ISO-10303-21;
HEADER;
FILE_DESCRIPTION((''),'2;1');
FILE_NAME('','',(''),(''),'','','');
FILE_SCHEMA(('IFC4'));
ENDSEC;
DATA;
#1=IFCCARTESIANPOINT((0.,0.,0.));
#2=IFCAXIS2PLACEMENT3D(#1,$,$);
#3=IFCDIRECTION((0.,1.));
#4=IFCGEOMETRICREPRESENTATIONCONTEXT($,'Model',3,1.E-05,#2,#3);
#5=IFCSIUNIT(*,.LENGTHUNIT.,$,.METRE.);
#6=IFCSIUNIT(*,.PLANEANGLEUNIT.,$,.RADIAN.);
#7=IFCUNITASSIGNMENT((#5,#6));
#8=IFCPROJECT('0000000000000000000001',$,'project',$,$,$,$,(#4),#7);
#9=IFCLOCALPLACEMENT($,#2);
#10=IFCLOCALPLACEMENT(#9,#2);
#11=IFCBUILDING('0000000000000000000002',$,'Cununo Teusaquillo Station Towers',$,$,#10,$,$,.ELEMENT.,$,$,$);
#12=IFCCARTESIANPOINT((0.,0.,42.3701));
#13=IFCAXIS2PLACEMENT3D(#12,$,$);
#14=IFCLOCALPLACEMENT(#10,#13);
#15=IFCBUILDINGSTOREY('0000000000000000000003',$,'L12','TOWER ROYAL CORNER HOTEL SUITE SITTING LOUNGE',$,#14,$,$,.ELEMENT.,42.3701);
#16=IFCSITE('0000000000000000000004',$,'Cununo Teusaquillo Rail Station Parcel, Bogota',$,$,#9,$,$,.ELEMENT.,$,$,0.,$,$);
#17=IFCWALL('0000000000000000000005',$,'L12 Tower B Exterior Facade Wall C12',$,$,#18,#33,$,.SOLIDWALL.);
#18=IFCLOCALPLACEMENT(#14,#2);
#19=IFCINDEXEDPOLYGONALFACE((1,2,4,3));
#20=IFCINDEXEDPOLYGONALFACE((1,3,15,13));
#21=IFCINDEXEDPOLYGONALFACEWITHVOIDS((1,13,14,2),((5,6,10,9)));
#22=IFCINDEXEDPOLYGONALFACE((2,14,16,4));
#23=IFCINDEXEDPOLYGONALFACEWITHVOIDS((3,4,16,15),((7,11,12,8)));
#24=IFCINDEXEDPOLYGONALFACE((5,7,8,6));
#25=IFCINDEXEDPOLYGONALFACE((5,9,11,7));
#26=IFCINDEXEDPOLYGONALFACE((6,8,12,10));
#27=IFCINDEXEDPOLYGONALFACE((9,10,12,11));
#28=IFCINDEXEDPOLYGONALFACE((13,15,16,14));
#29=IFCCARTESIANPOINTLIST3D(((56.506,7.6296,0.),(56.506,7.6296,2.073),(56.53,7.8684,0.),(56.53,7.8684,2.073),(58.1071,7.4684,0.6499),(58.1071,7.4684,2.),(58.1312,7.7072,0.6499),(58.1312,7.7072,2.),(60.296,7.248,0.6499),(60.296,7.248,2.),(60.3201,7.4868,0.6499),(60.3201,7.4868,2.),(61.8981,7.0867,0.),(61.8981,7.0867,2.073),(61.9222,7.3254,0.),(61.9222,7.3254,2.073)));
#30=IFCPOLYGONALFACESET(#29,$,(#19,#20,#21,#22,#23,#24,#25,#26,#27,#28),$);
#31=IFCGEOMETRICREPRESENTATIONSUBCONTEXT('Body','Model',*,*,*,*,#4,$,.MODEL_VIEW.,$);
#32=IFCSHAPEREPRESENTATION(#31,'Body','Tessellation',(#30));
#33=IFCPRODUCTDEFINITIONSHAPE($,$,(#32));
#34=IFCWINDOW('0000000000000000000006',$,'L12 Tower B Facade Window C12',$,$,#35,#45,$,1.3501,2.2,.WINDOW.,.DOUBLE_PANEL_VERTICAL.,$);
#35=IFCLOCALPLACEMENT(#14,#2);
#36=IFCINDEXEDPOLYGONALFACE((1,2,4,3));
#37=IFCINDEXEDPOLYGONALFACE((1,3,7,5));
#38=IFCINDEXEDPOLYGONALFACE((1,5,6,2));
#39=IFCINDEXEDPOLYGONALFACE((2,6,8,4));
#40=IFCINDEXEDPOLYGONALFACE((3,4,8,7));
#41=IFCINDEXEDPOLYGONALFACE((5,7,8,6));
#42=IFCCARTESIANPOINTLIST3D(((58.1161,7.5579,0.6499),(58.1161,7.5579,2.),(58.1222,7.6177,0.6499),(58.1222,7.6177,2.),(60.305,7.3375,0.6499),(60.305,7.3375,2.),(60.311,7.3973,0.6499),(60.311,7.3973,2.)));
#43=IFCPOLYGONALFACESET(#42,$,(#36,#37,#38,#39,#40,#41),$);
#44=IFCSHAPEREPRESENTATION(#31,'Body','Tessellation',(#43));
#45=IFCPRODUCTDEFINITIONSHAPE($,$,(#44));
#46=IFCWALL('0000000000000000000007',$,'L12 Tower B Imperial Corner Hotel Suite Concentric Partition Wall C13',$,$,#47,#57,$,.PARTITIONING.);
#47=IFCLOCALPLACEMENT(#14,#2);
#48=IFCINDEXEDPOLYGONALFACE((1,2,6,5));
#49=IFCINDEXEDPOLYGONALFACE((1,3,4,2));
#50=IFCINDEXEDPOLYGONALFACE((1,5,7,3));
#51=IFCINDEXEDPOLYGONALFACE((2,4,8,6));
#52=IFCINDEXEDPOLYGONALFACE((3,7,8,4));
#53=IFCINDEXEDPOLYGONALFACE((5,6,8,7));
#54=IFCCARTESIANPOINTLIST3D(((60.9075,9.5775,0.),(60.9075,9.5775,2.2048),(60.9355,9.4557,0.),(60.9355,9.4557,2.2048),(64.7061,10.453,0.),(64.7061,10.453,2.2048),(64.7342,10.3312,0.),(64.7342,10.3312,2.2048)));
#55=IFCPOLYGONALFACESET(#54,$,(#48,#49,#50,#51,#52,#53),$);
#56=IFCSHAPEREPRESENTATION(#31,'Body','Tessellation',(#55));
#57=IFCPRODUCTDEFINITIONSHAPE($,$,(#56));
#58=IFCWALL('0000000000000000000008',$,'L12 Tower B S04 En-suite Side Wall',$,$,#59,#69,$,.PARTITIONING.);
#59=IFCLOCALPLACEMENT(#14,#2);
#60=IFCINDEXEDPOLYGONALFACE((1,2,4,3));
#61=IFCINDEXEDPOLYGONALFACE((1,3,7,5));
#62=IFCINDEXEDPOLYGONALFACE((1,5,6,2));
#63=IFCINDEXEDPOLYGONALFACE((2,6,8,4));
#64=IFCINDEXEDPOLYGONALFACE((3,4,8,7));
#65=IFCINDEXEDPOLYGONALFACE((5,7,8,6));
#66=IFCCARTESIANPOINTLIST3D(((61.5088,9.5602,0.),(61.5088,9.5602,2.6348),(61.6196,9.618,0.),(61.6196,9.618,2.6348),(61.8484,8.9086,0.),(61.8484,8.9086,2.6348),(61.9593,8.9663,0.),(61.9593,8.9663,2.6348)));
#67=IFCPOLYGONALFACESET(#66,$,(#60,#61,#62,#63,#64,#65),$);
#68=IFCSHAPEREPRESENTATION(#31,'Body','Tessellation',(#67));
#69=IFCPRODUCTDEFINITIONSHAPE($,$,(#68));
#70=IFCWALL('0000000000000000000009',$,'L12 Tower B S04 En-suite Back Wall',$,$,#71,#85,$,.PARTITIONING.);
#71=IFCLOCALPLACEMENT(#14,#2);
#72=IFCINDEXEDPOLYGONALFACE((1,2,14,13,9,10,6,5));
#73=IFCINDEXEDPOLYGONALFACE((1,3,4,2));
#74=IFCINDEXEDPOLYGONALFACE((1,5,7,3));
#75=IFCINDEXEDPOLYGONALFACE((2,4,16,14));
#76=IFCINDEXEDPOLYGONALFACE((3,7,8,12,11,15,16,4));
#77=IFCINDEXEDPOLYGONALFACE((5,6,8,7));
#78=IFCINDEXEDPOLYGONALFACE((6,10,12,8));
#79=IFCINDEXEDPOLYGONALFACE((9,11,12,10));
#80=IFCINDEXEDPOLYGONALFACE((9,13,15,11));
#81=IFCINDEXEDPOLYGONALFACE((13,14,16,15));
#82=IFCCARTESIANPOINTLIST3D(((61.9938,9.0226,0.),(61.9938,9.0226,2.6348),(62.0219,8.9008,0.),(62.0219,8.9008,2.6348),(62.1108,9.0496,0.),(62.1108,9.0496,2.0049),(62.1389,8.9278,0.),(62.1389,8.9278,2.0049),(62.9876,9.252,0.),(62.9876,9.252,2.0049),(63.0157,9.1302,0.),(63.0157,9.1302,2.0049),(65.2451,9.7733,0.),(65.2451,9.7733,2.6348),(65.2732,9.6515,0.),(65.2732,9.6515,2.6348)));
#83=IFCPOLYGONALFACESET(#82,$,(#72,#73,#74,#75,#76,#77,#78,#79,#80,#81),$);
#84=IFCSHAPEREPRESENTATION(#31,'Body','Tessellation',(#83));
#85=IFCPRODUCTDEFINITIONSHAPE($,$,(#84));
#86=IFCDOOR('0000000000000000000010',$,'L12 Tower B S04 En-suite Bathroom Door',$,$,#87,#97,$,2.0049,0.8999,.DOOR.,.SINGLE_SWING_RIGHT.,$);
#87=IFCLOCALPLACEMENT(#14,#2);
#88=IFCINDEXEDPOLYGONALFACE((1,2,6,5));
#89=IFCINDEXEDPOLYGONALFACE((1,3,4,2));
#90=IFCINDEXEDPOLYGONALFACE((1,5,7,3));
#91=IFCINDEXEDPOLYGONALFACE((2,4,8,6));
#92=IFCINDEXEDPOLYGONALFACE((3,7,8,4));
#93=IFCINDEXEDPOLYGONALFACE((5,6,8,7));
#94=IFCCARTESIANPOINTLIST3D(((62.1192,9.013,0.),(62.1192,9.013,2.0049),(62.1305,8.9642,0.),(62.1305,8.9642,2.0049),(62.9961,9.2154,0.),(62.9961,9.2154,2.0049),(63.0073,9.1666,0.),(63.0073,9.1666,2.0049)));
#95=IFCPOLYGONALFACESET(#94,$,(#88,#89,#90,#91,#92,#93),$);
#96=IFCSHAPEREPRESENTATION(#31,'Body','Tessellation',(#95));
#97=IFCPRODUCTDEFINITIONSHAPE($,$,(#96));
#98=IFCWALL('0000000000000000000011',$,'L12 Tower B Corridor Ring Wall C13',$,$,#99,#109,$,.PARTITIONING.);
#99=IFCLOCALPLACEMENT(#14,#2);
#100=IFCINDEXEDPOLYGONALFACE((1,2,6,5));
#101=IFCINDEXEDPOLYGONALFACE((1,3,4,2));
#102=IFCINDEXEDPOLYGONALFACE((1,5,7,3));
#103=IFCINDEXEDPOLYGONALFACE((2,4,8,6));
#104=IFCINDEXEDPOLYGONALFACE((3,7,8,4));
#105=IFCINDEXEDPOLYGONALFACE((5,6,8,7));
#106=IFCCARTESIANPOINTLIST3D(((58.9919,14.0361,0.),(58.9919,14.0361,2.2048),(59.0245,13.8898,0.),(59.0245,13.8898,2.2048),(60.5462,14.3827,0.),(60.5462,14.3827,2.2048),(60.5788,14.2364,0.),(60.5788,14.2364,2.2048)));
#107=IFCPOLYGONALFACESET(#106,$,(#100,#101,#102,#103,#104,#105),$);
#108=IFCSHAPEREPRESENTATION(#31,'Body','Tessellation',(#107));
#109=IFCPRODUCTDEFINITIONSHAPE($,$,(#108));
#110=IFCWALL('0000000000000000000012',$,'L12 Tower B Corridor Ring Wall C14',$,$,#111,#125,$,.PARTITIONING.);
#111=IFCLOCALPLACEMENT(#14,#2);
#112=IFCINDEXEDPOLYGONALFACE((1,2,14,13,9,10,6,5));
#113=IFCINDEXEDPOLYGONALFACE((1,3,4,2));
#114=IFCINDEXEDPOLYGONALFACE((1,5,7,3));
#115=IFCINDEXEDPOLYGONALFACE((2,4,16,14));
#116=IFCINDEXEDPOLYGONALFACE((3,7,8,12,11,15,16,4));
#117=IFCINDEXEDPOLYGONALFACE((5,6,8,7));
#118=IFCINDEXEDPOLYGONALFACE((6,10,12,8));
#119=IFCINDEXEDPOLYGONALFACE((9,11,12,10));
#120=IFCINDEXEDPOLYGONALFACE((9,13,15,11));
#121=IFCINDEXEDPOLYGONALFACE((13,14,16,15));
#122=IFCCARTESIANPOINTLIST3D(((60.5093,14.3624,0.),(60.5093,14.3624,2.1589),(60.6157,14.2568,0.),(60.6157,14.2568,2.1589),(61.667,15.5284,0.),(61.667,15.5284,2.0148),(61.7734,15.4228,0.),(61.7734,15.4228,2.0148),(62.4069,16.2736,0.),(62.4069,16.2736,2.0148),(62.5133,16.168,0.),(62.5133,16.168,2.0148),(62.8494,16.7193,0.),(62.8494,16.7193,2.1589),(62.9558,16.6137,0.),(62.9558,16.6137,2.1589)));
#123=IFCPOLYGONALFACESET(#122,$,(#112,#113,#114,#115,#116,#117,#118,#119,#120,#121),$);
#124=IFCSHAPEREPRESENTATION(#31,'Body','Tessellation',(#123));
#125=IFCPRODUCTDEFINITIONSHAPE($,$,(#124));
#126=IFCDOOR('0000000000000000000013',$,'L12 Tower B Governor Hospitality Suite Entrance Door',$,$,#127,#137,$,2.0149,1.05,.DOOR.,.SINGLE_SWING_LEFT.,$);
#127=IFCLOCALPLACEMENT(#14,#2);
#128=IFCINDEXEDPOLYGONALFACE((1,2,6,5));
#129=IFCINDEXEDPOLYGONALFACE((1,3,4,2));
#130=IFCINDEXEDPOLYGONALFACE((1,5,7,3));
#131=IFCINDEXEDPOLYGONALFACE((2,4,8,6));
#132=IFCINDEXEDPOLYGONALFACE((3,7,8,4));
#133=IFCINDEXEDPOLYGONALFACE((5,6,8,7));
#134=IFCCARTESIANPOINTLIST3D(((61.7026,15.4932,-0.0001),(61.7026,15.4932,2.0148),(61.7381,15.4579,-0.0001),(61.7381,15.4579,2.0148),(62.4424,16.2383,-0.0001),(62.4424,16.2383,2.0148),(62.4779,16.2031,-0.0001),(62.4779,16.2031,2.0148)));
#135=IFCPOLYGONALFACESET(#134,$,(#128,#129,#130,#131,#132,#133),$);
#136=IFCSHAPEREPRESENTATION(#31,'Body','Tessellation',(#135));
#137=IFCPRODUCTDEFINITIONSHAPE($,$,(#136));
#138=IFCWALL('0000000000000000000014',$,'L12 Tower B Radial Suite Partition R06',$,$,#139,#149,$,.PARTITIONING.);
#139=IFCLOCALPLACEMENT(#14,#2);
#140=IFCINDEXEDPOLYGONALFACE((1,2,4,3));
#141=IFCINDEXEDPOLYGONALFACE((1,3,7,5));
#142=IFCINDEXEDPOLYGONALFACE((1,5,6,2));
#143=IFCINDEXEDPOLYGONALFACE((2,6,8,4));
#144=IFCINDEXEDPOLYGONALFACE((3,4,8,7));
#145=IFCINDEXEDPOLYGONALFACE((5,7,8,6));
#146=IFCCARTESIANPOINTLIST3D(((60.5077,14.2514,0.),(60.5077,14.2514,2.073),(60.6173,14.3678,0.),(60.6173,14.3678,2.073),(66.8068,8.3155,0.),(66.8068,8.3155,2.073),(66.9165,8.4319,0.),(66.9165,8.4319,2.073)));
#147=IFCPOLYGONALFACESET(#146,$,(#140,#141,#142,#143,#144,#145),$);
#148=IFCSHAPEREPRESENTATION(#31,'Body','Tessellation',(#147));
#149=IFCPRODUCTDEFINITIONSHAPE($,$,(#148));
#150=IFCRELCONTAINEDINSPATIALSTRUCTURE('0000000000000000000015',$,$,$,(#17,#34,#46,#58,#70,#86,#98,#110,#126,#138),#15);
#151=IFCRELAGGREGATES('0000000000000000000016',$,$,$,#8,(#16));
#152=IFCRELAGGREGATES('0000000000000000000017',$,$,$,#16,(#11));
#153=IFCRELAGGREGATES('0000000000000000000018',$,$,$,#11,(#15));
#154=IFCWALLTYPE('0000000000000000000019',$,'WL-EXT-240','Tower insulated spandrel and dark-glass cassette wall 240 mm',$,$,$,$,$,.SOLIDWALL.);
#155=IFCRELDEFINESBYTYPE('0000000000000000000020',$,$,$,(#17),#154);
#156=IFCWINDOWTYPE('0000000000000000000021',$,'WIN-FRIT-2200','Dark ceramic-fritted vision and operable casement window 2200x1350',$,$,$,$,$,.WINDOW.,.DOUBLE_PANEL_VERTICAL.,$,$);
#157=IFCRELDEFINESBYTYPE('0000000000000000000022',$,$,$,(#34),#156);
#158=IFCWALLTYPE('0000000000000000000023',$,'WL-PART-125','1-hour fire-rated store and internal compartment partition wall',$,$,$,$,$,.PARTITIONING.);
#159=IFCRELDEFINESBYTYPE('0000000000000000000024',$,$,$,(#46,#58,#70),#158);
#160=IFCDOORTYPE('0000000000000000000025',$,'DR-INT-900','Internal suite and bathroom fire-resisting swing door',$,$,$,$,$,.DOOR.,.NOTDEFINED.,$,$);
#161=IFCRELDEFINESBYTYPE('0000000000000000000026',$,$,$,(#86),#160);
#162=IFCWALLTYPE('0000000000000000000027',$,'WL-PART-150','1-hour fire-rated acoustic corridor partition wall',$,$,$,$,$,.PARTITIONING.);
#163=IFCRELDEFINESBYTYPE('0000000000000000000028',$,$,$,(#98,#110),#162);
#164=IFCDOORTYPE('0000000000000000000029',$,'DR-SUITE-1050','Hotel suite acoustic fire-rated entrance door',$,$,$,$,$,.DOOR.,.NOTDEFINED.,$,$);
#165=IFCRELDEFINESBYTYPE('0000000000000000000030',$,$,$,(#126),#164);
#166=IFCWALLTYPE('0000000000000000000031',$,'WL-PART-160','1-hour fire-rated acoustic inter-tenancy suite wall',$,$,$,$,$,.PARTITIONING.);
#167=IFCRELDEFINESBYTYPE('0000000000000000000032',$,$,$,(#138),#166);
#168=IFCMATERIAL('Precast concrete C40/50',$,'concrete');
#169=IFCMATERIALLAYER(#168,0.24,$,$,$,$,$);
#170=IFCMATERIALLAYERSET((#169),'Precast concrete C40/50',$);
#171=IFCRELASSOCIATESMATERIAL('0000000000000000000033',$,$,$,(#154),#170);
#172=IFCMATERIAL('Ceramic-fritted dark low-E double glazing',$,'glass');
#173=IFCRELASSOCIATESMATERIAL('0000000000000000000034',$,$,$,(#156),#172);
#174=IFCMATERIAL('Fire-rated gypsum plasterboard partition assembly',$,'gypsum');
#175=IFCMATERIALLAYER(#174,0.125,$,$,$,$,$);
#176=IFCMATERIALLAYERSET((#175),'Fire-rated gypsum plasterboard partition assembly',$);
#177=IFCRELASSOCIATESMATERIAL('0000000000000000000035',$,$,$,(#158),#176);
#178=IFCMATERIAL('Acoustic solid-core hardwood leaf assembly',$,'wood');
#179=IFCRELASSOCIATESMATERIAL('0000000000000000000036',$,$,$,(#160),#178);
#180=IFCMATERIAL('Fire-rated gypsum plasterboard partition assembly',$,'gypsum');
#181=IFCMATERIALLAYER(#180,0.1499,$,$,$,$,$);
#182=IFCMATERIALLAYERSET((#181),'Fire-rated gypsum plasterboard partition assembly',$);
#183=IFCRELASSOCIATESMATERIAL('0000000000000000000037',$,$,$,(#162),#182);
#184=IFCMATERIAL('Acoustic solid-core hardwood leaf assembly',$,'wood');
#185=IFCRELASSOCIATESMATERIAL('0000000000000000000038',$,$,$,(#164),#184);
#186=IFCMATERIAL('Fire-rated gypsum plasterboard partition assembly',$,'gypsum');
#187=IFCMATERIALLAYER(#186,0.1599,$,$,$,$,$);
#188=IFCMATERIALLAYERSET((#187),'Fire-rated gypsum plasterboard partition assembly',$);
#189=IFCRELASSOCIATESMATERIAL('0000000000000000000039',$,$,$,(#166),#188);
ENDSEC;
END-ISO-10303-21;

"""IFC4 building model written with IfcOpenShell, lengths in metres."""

from ifc_helpers import new_model, si_unit, direction, frame, frame_2d, origin, place, context, subcontext, project, spatial, rectangle, extrude, source, transform, mapped, material, layer, layer_set, type_object, element, fill, save


model = new_model("IFC4")

# Units and contexts
model_context = context("Model", 3, precision=1e-05, world=origin(), true_north=direction((0.0, 1.0)))
body_context = subcontext(model_context, "Body", "Model", "MODEL_VIEW")
ifc_project = project(units=[si_unit("LENGTHUNIT", "METRE"), si_unit("PLANEANGLEUNIT", "RADIAN")], contexts=[model_context])

# Site, building, storey
site_placement = place(None, origin())
site = spatial("IfcSite", under=ifc_project, at=site_placement, Name="Cununo Teusaquillo Rail Station Parcel, Bogota", CompositionType="ELEMENT", RefElevation=0.0)
building_placement = place(site_placement, origin())
building = spatial("IfcBuilding", under=site, at=building_placement, Name="Cununo Teusaquillo Station Towers", CompositionType="ELEMENT")
storey_placement = place(building_placement, frame((0.0, 0.0, 42.3701)))
storey = spatial("IfcBuildingStorey", under=building, at=storey_placement, Name="L12", Description="TOWER ROYAL CORNER HOTEL SUITE SITTING LOUNGE", CompositionType="ELEMENT", Elevation=42.3701)

# Wall, opening, window
ifc_material_1 = material(Name="Precast concrete C40/50", Category="concrete")
ifc_layer_1 = layer(ifc_material_1, 0.24)
ifc_layer_set_1 = layer_set([ifc_layer_1], Name="Precast concrete C40/50")
wall_type_1 = type_object("IfcWallType", Name="WL-EXT-240", Description="Tower insulated spandrel and dark-glass cassette wall 240 mm", PredefinedType="SOLIDWALL", material=ifc_layer_set_1)
wall_1_placement = place(storey_placement, frame((61.9102, 7.2061, 0.0), z_axis=(0.0, 0.0, 1.0), x_axis=(-0.994968, 0.100191, 0.0)))
wall_1 = element("IfcWall", 1, at=wall_1_placement, inside=storey, type_object=wall_type_1, Name="L12 Tower B Exterior Facade Wall C12", PredefinedType="SOLIDWALL", context=body_context, shape_type="SweptSolid", body=[
    extrude(rectangle(XDim=5.4194, YDim=0.24, at=frame_2d((2.7097, 0.0))), origin(), (0.0, 0.0, 1.0), 2.073),
])
shared_shape_1 = source(origin(), body_context, "Body", "SweptSolid", [
    extrude(rectangle(XDim=2.2, YDim=1.3501, at=frame_2d((1.1001, 0.675))), frame((0.0, 0.1299, 0.0), z_axis=(0.0, -1.0, 0.0), x_axis=(1.0, 0.0, 0.0)), (0.0, 0.0, 1.0), 0.26),
])
opening_1_placement = place(wall_1_placement, frame((1.6101, 0.0, 0.6499)))
opening_1 = element("IfcOpeningElement", 2, at=opening_1_placement, cuts=wall_1, PredefinedType="OPENING", context=body_context, shape_type="MappedRepresentation", body=[
    mapped(shared_shape_1, transform((0.0, 0.0, 0.0), x_axis=(1.0, 0.0, 0.0), y_axis=(0.0, 1.0, 0.0), z_axis=(0.0, 0.0, 1.0), scale=1.0)),
])
ifc_material_2 = material(Name="Ceramic-fritted dark low-E double glazing", Category="glass")
window_type = type_object("IfcWindowType", Name="WIN-FRIT-2200", Description="Dark ceramic-fritted vision and operable casement window 2200x1350", PartitioningType="DOUBLE_PANEL_VERTICAL", PredefinedType="WINDOW", material=ifc_material_2)
shared_shape_2 = source(origin(), body_context, "Body", "SweptSolid", [
    extrude(rectangle(XDim=2.2, YDim=1.3501, at=frame_2d((1.1001, 0.675))), frame((0.0, 0.03, 0.0), z_axis=(0.0, -1.0, 0.0), x_axis=(1.0, 0.0, 0.0)), (0.0, 0.0, 1.0), 0.0601),
])
window_placement = place(opening_1_placement, origin())
window = element("IfcWindow", 3, at=window_placement, inside=storey, type_object=window_type, Name="L12 Tower B Facade Window C12", OverallHeight=1.3501, OverallWidth=2.2, PartitioningType="DOUBLE_PANEL_VERTICAL", PredefinedType="WINDOW", context=body_context, shape_type="MappedRepresentation", body=[
    mapped(shared_shape_2, transform((0.0, 0.0, 0.0), x_axis=(1.0, 0.0, 0.0), y_axis=(0.0, 1.0, 0.0), z_axis=(0.0, 0.0, 1.0), scale=1.0)),
])
fill(opening_1, window)

# Walls
ifc_material_3 = material(Name="Fire-rated gypsum plasterboard partition assembly", Category="gypsum")
ifc_layer_2 = layer(ifc_material_3, 0.125)
ifc_layer_set_2 = layer_set([ifc_layer_2], Name="Fire-rated gypsum plasterboard partition assembly")
wall_type_2 = type_object("IfcWallType", Name="WL-PART-125", Description="1-hour fire-rated store and internal compartment partition wall", PredefinedType="PARTITIONING", material=ifc_layer_set_2)
wall_2_placement = place(storey_placement, frame((60.9214, 9.5166, 0.0), z_axis=(0.0, 0.0, 1.0), x_axis=(0.974453, 0.22459, 0.0)))
element("IfcWall", 4, at=wall_2_placement, inside=storey, type_object=wall_type_2, Name="L12 Tower B Imperial Corner Hotel Suite Concentric Partition Wall C13", PredefinedType="PARTITIONING", context=body_context, shape_type="SweptSolid", body=[
    extrude(rectangle(XDim=3.8982, YDim=0.125, at=frame_2d((1.9492, 0.0))), origin(), (0.0, 0.0, 1.0), 2.2048),
])
wall_3_placement = place(storey_placement, frame((61.5642, 9.5891, 0.0), z_axis=(0.0, 0.0, 1.0), x_axis=(0.462169, -0.886792, 0.0)))
element("IfcWall", 5, at=wall_3_placement, inside=storey, type_object=wall_type_2, Name="L12 Tower B S04 En-suite Side Wall", PredefinedType="PARTITIONING", context=body_context, shape_type="SweptSolid", body=[
    extrude(rectangle(XDim=0.7349, YDim=0.125, at=frame_2d((0.3674, 0.0))), origin(), (0.0, 0.0, 1.0), 2.6348),
])

# Wall, opening, door
wall_4_placement = place(storey_placement, frame((62.0078, 8.9617, 0.0), z_axis=(0.0, 0.0, 1.0), x_axis=(0.974365, 0.224972, 0.0)))
wall_4 = element("IfcWall", 6, at=wall_4_placement, inside=storey, type_object=wall_type_2, Name="L12 Tower B S04 En-suite Back Wall", PredefinedType="PARTITIONING", context=body_context, shape_type="SweptSolid", body=[
    extrude(rectangle(XDim=3.3369, YDim=0.125, at=frame_2d((1.6685, 0.0))), origin(), (0.0, 0.0, 1.0), 2.6348),
])
shared_shape_3 = source(origin(), body_context, "Body", "SweptSolid", [
    extrude(rectangle(XDim=0.8999, YDim=2.0049, at=frame_2d((0.45, 1.0024))), frame((0.0, 0.0725, 0.0), z_axis=(0.0, -1.0, 0.0), x_axis=(1.0, 0.0, 0.0)), (0.0, 0.0, 1.0), 0.145),
])
opening_2_placement = place(wall_4_placement, frame((0.1201, 0.0, 0.0)))
opening_2 = element("IfcOpeningElement", 7, at=opening_2_placement, cuts=wall_4, PredefinedType="OPENING", context=body_context, shape_type="MappedRepresentation", body=[
    mapped(shared_shape_3, transform((0.0, 0.0, 0.0), x_axis=(1.0, 0.0, 0.0), y_axis=(0.0, 1.0, 0.0), z_axis=(0.0, 0.0, 1.0), scale=1.0)),
])
ifc_material_4 = material(Name="Acoustic solid-core hardwood leaf assembly", Category="wood")
door_type_1 = type_object("IfcDoorType", Name="DR-INT-900", Description="Internal suite and bathroom fire-resisting swing door", OperationType="NOTDEFINED", PredefinedType="DOOR", material=ifc_material_4)
shared_shape_4 = source(origin(), body_context, "Body", "SweptSolid", [
    extrude(rectangle(XDim=0.8999, YDim=2.0049, at=frame_2d((0.45, 1.0024))), frame((0.0, 0.0249, 0.0), z_axis=(0.0, -1.0, 0.0), x_axis=(1.0, 0.0, 0.0)), (0.0, 0.0, 1.0), 0.05),
])
door_1_placement = place(opening_2_placement, origin())
door_1 = element("IfcDoor", 8, at=door_1_placement, inside=storey, type_object=door_type_1, Name="L12 Tower B S04 En-suite Bathroom Door", OperationType="SINGLE_SWING_RIGHT", OverallHeight=2.0049, OverallWidth=0.8999, PredefinedType="DOOR", context=body_context, shape_type="MappedRepresentation", body=[
    mapped(shared_shape_4, transform((0.0, 0.0, 0.0), x_axis=(1.0, 0.0, 0.0), y_axis=(0.0, 1.0, 0.0), z_axis=(0.0, 0.0, 1.0), scale=1.0)),
])
fill(opening_2, door_1)

# Wall
ifc_material_5 = material(Name="Fire-rated gypsum plasterboard partition assembly", Category="gypsum")
ifc_layer_3 = layer(ifc_material_5, 0.1499)
ifc_layer_set_3 = layer_set([ifc_layer_3], Name="Fire-rated gypsum plasterboard partition assembly")
wall_type_3 = type_object("IfcWallType", Name="WL-PART-150", Description="1-hour fire-rated acoustic corridor partition wall", PredefinedType="PARTITIONING", material=ifc_layer_set_3)
wall_5_placement = place(storey_placement, frame((59.0081, 13.9629, 0.0), z_axis=(0.0, 0.0, 1.0), x_axis=(0.976021, 0.217677, 0.0)))
element("IfcWall", 9, at=wall_5_placement, inside=storey, type_object=wall_type_3, Name="L12 Tower B Corridor Ring Wall C13", PredefinedType="PARTITIONING", context=body_context, shape_type="SweptSolid", body=[
    extrude(rectangle(XDim=1.5925, YDim=0.1499, at=frame_2d((0.7964, 0.0))), origin(), (0.0, 0.0, 1.0), 2.2048),
])

# Wall, opening, door
wall_6_placement = place(storey_placement, frame((60.5625, 14.3096, 0.0), z_axis=(0.0, 0.0, 1.0), x_axis=(0.704566, 0.709638, 0.0)))
wall_6 = element("IfcWall", 10, at=wall_6_placement, inside=storey, type_object=wall_type_3, Name="L12 Tower B Corridor Ring Wall C14", PredefinedType="PARTITIONING", context=body_context, shape_type="SweptSolid", body=[
    extrude(rectangle(XDim=3.3213, YDim=0.1499, at=frame_2d((1.6606, 0.0))), origin(), (0.0, 0.0, 1.0), 2.1589),
])
shared_shape_5 = source(origin(), body_context, "Body", "SweptSolid", [
    extrude(rectangle(XDim=1.05, YDim=2.0149, at=frame_2d((0.5249, 1.0073))), frame((0.0, 0.085, 0.0), z_axis=(0.0, -1.0, 0.0), x_axis=(1.0, 0.0, 0.0)), (0.0, 0.0, 1.0), 0.1699),
])
opening_3_placement = place(wall_6_placement, frame((1.6433, 0.0, 0.0)))
opening_3 = element("IfcOpeningElement", 11, at=opening_3_placement, cuts=wall_6, PredefinedType="OPENING", context=body_context, shape_type="MappedRepresentation", body=[
    mapped(shared_shape_5, transform((0.0, 0.0, 0.0), x_axis=(1.0, 0.0, 0.0), y_axis=(0.0, 1.0, 0.0), z_axis=(0.0, 0.0, 1.0), scale=1.0)),
])
ifc_material_6 = material(Name="Acoustic solid-core hardwood leaf assembly", Category="wood")
door_type_2 = type_object("IfcDoorType", Name="DR-SUITE-1050", Description="Hotel suite acoustic fire-rated entrance door", OperationType="NOTDEFINED", PredefinedType="DOOR", material=ifc_material_6)
shared_shape_6 = source(origin(), body_context, "Body", "SweptSolid", [
    extrude(rectangle(XDim=1.05, YDim=2.0149, at=frame_2d((0.5249, 1.0073))), frame((0.0, 0.0249, 0.0), z_axis=(0.0, -1.0, 0.0), x_axis=(1.0, 0.0, 0.0)), (0.0, 0.0, 1.0), 0.05),
])
door_2_placement = place(opening_3_placement, origin())
door_2 = element("IfcDoor", 12, at=door_2_placement, inside=storey, type_object=door_type_2, Name="L12 Tower B Governor Hospitality Suite Entrance Door", OperationType="SINGLE_SWING_LEFT", OverallHeight=2.0149, OverallWidth=1.05, PredefinedType="DOOR", context=body_context, shape_type="MappedRepresentation", body=[
    mapped(shared_shape_6, transform((0.0, 0.0, 0.0), x_axis=(1.0, 0.0, 0.0), y_axis=(0.0, 1.0, 0.0), z_axis=(0.0, 0.0, 1.0), scale=1.0)),
])
fill(opening_3, door_2)

# Wall
ifc_material_7 = material(Name="Fire-rated gypsum plasterboard partition assembly", Category="gypsum")
ifc_layer_4 = layer(ifc_material_7, 0.1599)
ifc_layer_set_4 = layer_set([ifc_layer_4], Name="Fire-rated gypsum plasterboard partition assembly")
wall_type_4 = type_object("IfcWallType", Name="WL-PART-160", Description="1-hour fire-rated acoustic inter-tenancy suite wall", PredefinedType="PARTITIONING", material=ifc_layer_set_4)
wall_7_placement = place(storey_placement, frame((60.5625, 14.3096, 0.0), z_axis=(0.0, 0.0, 1.0), x_axis=(0.727782, -0.685809, 0.0)))
element("IfcWall", 13, at=wall_7_placement, inside=storey, type_object=wall_type_4, Name="L12 Tower B Radial Suite Partition R06", PredefinedType="PARTITIONING", context=body_context, shape_type="SweptSolid", body=[
    extrude(rectangle(XDim=8.6553, YDim=0.1599, at=frame_2d((4.3276, 0.0))), origin(), (0.0, 0.0, 1.0), 2.073),
])

save(model, "model.ifc")
